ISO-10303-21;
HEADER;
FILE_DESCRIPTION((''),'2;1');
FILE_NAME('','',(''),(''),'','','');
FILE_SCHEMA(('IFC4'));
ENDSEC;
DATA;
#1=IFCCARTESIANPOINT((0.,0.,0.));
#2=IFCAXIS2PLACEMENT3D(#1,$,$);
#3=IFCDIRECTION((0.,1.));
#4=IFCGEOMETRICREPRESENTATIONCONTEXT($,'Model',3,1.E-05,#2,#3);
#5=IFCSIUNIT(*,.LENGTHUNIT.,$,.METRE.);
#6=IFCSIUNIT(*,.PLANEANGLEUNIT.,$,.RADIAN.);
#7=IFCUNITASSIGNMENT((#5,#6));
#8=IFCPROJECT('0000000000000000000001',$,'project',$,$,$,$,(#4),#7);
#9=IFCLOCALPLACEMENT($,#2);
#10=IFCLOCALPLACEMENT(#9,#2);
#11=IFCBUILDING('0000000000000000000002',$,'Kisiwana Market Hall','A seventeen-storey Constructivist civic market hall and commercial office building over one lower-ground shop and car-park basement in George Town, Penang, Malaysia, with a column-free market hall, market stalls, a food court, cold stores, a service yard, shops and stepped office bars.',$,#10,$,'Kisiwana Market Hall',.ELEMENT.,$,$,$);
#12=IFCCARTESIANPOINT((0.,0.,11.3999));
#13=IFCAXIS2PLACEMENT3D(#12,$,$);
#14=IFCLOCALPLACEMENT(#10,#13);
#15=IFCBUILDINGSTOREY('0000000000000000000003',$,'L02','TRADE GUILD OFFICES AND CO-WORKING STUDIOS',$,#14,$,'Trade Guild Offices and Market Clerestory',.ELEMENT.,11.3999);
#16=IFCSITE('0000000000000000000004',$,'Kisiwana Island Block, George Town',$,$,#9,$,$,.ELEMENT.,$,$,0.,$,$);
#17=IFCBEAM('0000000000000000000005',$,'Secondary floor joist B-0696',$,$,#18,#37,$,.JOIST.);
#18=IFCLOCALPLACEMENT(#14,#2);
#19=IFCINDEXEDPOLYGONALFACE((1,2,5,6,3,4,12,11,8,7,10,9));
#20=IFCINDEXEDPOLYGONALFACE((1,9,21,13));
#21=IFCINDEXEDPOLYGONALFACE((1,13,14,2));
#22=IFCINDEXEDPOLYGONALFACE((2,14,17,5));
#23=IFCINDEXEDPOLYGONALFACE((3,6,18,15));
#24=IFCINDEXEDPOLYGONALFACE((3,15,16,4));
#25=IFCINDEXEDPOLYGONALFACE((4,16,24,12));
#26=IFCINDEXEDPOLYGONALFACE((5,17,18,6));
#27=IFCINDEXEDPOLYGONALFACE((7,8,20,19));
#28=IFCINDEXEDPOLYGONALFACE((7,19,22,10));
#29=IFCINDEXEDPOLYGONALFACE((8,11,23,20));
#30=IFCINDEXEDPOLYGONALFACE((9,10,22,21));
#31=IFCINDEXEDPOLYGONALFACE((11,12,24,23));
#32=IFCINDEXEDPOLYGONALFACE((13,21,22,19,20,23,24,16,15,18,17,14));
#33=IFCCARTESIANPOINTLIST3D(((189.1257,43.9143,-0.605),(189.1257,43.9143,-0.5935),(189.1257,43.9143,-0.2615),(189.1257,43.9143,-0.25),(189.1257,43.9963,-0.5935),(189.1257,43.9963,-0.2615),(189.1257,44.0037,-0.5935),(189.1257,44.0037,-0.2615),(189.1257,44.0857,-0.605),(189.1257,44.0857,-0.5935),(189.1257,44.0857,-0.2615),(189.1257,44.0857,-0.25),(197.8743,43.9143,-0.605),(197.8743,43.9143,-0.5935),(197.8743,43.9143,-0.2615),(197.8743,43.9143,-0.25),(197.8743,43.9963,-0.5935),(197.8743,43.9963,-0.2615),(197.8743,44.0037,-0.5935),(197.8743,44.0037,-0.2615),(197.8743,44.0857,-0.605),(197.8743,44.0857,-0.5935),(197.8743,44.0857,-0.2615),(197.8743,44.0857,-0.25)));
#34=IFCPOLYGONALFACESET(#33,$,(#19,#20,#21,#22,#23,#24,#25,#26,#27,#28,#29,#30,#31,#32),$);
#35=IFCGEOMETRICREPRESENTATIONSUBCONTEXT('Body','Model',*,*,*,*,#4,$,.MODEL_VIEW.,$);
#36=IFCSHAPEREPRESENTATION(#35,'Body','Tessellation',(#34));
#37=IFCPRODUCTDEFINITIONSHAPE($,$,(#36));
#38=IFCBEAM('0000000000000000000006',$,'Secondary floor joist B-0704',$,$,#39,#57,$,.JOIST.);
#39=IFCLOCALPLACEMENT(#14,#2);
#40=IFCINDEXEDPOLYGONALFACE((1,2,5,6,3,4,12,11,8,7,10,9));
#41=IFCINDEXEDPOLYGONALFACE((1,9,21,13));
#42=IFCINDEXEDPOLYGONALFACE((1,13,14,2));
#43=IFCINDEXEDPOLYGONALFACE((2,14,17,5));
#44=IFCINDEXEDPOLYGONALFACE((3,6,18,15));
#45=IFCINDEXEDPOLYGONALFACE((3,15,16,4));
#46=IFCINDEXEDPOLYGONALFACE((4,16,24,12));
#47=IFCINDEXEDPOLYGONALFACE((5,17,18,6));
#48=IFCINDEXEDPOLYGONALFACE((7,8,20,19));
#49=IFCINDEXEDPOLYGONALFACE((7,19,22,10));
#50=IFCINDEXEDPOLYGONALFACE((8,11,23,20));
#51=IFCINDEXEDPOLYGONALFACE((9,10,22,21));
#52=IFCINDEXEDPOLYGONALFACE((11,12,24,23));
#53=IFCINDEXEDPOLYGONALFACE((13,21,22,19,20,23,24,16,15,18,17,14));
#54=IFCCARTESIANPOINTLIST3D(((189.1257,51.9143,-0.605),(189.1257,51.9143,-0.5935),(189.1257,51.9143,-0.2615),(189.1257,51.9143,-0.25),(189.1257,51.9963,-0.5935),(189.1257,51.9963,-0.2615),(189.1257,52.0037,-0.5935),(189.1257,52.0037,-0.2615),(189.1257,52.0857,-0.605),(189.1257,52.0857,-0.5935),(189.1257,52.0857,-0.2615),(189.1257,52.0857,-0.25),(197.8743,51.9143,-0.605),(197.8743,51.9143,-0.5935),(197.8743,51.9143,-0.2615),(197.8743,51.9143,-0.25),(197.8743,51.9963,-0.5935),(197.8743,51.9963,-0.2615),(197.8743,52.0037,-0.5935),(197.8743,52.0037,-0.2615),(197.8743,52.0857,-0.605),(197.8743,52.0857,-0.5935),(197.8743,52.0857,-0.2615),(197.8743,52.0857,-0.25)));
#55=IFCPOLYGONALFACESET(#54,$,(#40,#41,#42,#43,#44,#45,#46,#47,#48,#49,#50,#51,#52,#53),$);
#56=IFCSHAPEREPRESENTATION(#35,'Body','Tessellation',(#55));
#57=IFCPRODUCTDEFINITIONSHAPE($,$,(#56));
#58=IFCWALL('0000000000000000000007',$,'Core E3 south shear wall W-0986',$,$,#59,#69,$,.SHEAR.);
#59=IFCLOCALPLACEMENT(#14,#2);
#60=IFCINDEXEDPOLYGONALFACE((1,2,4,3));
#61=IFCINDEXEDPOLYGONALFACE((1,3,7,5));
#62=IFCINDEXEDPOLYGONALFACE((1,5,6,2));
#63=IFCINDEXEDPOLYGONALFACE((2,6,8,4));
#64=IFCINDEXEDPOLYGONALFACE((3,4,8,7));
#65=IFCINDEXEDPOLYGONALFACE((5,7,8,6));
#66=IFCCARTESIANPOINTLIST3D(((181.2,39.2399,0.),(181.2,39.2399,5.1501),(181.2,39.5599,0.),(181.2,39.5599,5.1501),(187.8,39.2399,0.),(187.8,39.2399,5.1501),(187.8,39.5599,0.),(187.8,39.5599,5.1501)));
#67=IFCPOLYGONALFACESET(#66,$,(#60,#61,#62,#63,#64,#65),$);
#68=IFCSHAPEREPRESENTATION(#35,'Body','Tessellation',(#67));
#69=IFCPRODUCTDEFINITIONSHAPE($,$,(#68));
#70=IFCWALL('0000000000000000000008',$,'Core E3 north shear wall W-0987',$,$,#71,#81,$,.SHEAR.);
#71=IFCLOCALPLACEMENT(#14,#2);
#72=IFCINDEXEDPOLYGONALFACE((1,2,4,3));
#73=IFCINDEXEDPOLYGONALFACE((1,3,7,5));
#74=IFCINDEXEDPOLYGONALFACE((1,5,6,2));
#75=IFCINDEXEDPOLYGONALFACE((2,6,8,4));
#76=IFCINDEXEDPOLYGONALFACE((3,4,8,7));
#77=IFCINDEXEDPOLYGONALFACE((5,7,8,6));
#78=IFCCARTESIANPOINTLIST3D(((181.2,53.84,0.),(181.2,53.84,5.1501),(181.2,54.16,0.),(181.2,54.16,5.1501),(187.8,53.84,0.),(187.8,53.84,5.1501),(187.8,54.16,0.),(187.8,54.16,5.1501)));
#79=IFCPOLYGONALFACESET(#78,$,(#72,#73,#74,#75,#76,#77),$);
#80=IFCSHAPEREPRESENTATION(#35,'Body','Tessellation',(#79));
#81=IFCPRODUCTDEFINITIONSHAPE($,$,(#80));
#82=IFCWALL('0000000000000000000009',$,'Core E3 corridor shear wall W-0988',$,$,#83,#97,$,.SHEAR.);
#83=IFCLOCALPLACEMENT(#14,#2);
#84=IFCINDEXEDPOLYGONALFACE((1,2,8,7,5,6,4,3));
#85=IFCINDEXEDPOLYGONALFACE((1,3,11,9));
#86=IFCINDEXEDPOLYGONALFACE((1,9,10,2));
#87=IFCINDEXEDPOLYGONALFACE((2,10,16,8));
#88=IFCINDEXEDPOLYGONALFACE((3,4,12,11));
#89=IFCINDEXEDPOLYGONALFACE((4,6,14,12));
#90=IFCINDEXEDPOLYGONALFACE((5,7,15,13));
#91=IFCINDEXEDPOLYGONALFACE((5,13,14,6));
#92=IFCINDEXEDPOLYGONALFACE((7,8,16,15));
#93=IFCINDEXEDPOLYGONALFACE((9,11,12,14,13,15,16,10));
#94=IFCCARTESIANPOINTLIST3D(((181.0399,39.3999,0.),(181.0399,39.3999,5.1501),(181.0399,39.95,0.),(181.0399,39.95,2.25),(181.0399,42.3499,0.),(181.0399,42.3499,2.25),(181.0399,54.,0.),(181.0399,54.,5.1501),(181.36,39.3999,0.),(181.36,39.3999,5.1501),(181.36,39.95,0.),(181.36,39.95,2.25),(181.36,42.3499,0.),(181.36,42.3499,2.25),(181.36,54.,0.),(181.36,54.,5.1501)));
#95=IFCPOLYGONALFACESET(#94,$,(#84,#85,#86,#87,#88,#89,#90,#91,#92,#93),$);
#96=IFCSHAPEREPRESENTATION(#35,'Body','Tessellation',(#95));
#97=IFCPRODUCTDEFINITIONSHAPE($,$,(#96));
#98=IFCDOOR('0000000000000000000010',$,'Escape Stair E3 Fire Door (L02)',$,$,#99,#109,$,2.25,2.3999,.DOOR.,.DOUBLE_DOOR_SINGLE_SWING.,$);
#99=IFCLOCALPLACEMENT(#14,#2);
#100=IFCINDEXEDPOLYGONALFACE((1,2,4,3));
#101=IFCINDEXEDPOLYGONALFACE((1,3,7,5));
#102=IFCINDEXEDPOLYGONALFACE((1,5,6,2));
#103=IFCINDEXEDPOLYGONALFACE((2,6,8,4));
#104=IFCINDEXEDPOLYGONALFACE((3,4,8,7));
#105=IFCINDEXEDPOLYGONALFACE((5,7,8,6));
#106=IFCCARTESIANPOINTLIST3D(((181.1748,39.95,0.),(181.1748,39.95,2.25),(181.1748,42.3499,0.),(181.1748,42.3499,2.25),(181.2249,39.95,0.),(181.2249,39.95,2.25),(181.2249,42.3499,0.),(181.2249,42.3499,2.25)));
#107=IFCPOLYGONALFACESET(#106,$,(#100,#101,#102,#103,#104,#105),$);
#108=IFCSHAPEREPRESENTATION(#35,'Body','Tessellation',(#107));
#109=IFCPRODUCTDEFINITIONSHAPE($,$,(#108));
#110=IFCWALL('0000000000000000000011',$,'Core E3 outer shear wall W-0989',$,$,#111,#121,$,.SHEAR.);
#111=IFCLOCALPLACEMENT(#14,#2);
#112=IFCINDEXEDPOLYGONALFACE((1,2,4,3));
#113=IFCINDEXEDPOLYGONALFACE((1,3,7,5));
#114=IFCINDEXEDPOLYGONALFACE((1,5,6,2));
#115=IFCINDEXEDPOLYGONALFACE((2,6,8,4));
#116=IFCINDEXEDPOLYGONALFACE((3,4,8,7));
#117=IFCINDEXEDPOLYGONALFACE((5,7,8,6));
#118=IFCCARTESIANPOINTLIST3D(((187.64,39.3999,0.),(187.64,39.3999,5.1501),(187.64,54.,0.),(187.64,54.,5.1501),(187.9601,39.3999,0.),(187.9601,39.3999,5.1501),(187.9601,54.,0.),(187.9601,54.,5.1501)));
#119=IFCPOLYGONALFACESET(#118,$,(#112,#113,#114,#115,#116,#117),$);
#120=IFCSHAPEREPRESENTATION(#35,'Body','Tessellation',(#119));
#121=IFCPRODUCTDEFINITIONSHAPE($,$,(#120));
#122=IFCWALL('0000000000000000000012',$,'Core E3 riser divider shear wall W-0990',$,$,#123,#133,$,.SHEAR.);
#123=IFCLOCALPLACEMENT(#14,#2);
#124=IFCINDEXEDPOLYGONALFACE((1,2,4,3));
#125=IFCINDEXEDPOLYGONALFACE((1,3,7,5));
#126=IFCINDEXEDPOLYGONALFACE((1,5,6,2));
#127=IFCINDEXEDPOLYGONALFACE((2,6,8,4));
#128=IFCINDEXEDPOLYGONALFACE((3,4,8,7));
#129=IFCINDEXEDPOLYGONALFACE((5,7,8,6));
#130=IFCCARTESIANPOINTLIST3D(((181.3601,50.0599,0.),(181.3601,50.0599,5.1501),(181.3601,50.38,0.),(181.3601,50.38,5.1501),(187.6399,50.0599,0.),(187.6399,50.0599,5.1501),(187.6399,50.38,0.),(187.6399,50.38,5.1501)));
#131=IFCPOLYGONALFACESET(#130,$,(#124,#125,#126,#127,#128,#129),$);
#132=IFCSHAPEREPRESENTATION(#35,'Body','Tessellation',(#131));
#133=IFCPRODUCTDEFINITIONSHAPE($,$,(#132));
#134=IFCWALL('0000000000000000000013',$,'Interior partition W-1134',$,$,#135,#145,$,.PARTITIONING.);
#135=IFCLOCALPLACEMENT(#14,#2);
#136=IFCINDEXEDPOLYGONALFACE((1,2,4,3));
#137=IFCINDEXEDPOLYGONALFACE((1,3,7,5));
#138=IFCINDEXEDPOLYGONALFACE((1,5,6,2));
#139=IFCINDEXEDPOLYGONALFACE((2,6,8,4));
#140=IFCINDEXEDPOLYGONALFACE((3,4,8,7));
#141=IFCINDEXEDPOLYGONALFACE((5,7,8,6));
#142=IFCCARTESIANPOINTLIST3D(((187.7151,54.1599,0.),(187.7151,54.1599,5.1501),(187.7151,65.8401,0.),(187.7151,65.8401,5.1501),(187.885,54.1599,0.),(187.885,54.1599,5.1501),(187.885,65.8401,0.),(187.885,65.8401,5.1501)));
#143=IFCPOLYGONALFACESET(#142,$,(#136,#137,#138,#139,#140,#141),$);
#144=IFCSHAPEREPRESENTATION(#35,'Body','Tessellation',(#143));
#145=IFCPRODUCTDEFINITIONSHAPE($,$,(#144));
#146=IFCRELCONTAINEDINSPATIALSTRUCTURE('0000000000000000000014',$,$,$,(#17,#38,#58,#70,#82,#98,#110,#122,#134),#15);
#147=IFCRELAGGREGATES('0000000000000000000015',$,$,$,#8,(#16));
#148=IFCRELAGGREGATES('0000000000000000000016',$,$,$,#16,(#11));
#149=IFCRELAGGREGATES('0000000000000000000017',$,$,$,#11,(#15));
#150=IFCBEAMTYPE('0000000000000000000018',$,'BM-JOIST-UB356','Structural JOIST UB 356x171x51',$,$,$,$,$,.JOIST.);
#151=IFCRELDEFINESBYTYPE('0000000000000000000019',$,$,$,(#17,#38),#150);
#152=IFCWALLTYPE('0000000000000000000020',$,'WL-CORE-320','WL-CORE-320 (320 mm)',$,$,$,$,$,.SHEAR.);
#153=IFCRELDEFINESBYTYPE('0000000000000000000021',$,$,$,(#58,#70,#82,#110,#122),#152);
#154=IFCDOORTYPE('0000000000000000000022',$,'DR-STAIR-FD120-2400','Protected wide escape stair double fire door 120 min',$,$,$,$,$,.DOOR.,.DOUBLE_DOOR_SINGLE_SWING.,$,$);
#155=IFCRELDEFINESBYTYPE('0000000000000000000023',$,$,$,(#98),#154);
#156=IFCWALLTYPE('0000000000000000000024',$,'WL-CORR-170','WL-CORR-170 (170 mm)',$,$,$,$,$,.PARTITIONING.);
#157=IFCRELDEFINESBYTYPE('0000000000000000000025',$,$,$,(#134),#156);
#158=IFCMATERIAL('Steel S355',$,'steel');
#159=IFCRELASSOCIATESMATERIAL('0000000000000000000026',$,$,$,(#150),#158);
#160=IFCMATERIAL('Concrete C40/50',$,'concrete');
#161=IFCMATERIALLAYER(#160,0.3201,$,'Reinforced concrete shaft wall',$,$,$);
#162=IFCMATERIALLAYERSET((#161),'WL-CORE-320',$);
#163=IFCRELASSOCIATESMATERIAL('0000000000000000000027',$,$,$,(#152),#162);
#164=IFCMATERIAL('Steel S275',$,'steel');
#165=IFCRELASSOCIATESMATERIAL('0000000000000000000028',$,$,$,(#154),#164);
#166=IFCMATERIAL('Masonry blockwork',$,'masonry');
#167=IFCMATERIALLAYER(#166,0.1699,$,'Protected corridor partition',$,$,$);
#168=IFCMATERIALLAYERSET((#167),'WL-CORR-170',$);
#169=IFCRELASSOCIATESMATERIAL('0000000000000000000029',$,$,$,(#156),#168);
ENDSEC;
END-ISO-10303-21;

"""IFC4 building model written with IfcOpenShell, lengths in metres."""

from ifc_helpers import new_model, si_unit, direction, frame, frame_2d, origin, origin_2d, place, context, subcontext, project, spatial, rectangle, i_section, extrude, material, layer, layer_set, material_profile, profile_set, type_object, element, fill, save


model = new_model("IFC4")

# Units and contexts
model_context = context("Model", 3, precision=1e-05, world=origin(), true_north=direction((0.0, 1.0)))
body_context = subcontext(model_context, "Body", "Model", "MODEL_VIEW")
ifc_project = project(units=[si_unit("LENGTHUNIT", "METRE"), si_unit("PLANEANGLEUNIT", "RADIAN")], contexts=[model_context])

# Site, building, storey
site_placement = place(None, origin())
site = spatial("IfcSite", under=ifc_project, at=site_placement, Name="Kisiwana Island Block, George Town", CompositionType="ELEMENT", RefElevation=0.0)
building_placement = place(site_placement, origin())
building = spatial("IfcBuilding", under=site, at=building_placement, Name="Kisiwana Market Hall", Description="A seventeen-storey Constructivist civic market hall and commercial office building over one lower-ground shop and car-park basement in George Town, Penang, Malaysia, with a column-free market hall, market stalls, a food court, cold stores, a service yard, shops and stepped office bars.", LongName="Kisiwana Market Hall", CompositionType="ELEMENT")
storey_placement = place(building_placement, frame((0.0, 0.0, 11.3999)))
storey = spatial("IfcBuildingStorey", under=building, at=storey_placement, Name="L02", Description="TRADE GUILD OFFICES AND CO-WORKING STUDIOS", LongName="Trade Guild Offices and Market Clerestory", CompositionType="ELEMENT", Elevation=11.3999)

# Beams
ifc_material_1 = material(Name="Steel S355", Category="steel")
ifc_material_profile = material_profile(ifc_material_1, i_section(OverallWidth=0.1714, OverallDepth=0.355, WebThickness=0.0073, FlangeThickness=0.0115, at=origin_2d()), Name="UB 356x171x51")
ifc_profile_set = profile_set([ifc_material_profile], Name="Steel S355")
beam_type = type_object("IfcBeamType", Name="BM-JOIST-UB356", Description="Structural JOIST UB 356x171x51", PredefinedType="JOIST", material=ifc_profile_set)
for number, where, z_axis, x_axis, name in (
    (1, (189.1257, 44.0, -0.4275), (1.0, 0.0, 0.0), (0.0, 1.0, 0.0), "Secondary floor joist B-0696"),
    (2, (189.1257, 52.0, -0.4275), (1.0, 0.0, 0.0), (0.0, 1.0, 0.0), "Secondary floor joist B-0704"),
):
    element("IfcBeam", number, at=place(storey_placement, frame(where, z_axis=z_axis, x_axis=x_axis)), inside=storey, type_object=beam_type, Name=name, PredefinedType="JOIST", context=body_context, shape_type="SweptSolid", body=[
        extrude(i_section(OverallWidth=0.1714, OverallDepth=0.355, WebThickness=0.0073, FlangeThickness=0.0115, at=origin_2d()), origin(), (0.0, 0.0, 1.0), 8.7485),
    ])

# Walls
ifc_material_2 = material(Name="Concrete C40/50", Category="concrete")
ifc_layer_1 = layer(ifc_material_2, 0.3201, Name="Reinforced concrete shaft wall")
ifc_layer_set_1 = layer_set([ifc_layer_1], Name="WL-CORE-320")
wall_type_1 = type_object("IfcWallType", Name="WL-CORE-320", Description="WL-CORE-320 (320 mm)", PredefinedType="SHEAR", material=ifc_layer_set_1)
for number, where, z_axis, x_axis, name in (
    (3, (181.2, 39.3999, 0.0), (0.0, 0.0, 1.0), (1.0, 0.0, 0.0), "Core E3 south shear wall W-0986"),
    (4, (181.2, 54.0, 0.0), (0.0, 0.0, 1.0), (1.0, 0.0, 0.0), "Core E3 north shear wall W-0987"),
):
    element("IfcWall", number, at=place(storey_placement, frame(where, z_axis=z_axis, x_axis=x_axis)), inside=storey, type_object=wall_type_1, Name=name, PredefinedType="SHEAR", context=body_context, shape_type="SweptSolid", body=[
        extrude(rectangle(XDim=6.6001, YDim=0.3201, at=frame_2d((3.3, 0.0))), origin(), (0.0, 0.0, 1.0), 5.1501),
    ])

# Wall, opening, door
wall_1_placement = place(storey_placement, frame((181.2, 39.3999, 0.0), z_axis=(0.0, 0.0, 1.0), x_axis=(0.0, 1.0, 0.0)))
wall_1 = element("IfcWall", 5, at=wall_1_placement, inside=storey, type_object=wall_type_1, Name="Core E3 corridor shear wall W-0988", PredefinedType="SHEAR", context=body_context, shape_type="SweptSolid", body=[
    extrude(rectangle(XDim=14.6001, YDim=0.3201, at=frame_2d((7.3, 0.0))), origin(), (0.0, 0.0, 1.0), 5.1501),
])
opening_1_placement = place(wall_1_placement, frame((0.55, 0.0, 0.0)))
opening_1 = element("IfcOpeningElement", 6, at=opening_1_placement, cuts=wall_1, PredefinedType="OPENING", context=body_context, shape_type="SweptSolid", body=[
    extrude(rectangle(XDim=2.3999, YDim=2.25, at=frame_2d((1.2, 1.125))), frame((0.0, 0.1719, 0.0), z_axis=(0.0, -1.0, 0.0), x_axis=(1.0, 0.0, 0.0)), (0.0, 0.0, 1.0), 0.344),
])
ifc_material_3 = material(Name="Steel S275", Category="steel")
door_type_1 = type_object("IfcDoorType", Name="DR-STAIR-FD120-2400", Description="Protected wide escape stair double fire door 120 min", OperationType="DOUBLE_DOOR_SINGLE_SWING", PredefinedType="DOOR", material=ifc_material_3)
door_1_placement = place(opening_1_placement, frame((2.3999, 0.0, 0.0), z_axis=(0.0, 0.0, 1.0), x_axis=(-1.0, 0.0, 0.0)))
door_1 = element("IfcDoor", 7, at=door_1_placement, inside=storey, type_object=door_type_1, Name="Escape Stair E3 Fire Door (L02)", OperationType="DOUBLE_DOOR_SINGLE_SWING", OverallHeight=2.25, OverallWidth=2.3999, PredefinedType="DOOR", context=body_context, shape_type="SweptSolid", body=[
    extrude(rectangle(XDim=2.3999, YDim=2.25, at=frame_2d((1.2, 1.125))), frame((0.0, 0.0249, 0.0), z_axis=(0.0, -1.0, 0.0), x_axis=(1.0, 0.0, 0.0)), (0.0, 0.0, 1.0), 0.05),
])
fill(opening_1, door_1)

# Walls
wall_2_placement = place(storey_placement, frame((187.8, 39.3999, 0.0), z_axis=(0.0, 0.0, 1.0), x_axis=(0.0, 1.0, 0.0)))
element("IfcWall", 8, at=wall_2_placement, inside=storey, type_object=wall_type_1, Name="Core E3 outer shear wall W-0989", PredefinedType="SHEAR", context=body_context, shape_type="SweptSolid", body=[
    extrude(rectangle(XDim=14.6001, YDim=0.3201, at=frame_2d((7.3, 0.0))), origin(), (0.0, 0.0, 1.0), 5.1501),
])
wall_3_placement = place(storey_placement, frame((181.3601, 50.22, 0.0), z_axis=(0.0, 0.0, 1.0), x_axis=(1.0, 0.0, 0.0)))
element("IfcWall", 9, at=wall_3_placement, inside=storey, type_object=wall_type_1, Name="Core E3 riser divider shear wall W-0990", PredefinedType="SHEAR", context=body_context, shape_type="SweptSolid", body=[
    extrude(rectangle(XDim=6.2798, YDim=0.3201, at=frame_2d((3.1399, 0.0))), origin(), (0.0, 0.0, 1.0), 5.1501),
])
ifc_material_4 = material(Name="Masonry blockwork", Category="masonry")
ifc_layer_2 = layer(ifc_material_4, 0.1699, Name="Protected corridor partition")
ifc_layer_set_2 = layer_set([ifc_layer_2], Name="WL-CORR-170")
wall_type_2 = type_object("IfcWallType", Name="WL-CORR-170", Description="WL-CORR-170 (170 mm)", PredefinedType="PARTITIONING", material=ifc_layer_set_2)
wall_4_placement = place(storey_placement, frame((187.8, 54.1599, 0.0), z_axis=(0.0, 0.0, 1.0), x_axis=(0.0, 1.0, 0.0)))
element("IfcWall", 10, at=wall_4_placement, inside=storey, type_object=wall_type_2, Name="Interior partition W-1134", PredefinedType="PARTITIONING", context=body_context, shape_type="SweptSolid", body=[
    extrude(rectangle(XDim=11.6802, YDim=0.1699, at=frame_2d((5.8401, 0.0))), origin(), (0.0, 0.0, 1.0), 5.1501),
])

save(model, "model.ifc")
